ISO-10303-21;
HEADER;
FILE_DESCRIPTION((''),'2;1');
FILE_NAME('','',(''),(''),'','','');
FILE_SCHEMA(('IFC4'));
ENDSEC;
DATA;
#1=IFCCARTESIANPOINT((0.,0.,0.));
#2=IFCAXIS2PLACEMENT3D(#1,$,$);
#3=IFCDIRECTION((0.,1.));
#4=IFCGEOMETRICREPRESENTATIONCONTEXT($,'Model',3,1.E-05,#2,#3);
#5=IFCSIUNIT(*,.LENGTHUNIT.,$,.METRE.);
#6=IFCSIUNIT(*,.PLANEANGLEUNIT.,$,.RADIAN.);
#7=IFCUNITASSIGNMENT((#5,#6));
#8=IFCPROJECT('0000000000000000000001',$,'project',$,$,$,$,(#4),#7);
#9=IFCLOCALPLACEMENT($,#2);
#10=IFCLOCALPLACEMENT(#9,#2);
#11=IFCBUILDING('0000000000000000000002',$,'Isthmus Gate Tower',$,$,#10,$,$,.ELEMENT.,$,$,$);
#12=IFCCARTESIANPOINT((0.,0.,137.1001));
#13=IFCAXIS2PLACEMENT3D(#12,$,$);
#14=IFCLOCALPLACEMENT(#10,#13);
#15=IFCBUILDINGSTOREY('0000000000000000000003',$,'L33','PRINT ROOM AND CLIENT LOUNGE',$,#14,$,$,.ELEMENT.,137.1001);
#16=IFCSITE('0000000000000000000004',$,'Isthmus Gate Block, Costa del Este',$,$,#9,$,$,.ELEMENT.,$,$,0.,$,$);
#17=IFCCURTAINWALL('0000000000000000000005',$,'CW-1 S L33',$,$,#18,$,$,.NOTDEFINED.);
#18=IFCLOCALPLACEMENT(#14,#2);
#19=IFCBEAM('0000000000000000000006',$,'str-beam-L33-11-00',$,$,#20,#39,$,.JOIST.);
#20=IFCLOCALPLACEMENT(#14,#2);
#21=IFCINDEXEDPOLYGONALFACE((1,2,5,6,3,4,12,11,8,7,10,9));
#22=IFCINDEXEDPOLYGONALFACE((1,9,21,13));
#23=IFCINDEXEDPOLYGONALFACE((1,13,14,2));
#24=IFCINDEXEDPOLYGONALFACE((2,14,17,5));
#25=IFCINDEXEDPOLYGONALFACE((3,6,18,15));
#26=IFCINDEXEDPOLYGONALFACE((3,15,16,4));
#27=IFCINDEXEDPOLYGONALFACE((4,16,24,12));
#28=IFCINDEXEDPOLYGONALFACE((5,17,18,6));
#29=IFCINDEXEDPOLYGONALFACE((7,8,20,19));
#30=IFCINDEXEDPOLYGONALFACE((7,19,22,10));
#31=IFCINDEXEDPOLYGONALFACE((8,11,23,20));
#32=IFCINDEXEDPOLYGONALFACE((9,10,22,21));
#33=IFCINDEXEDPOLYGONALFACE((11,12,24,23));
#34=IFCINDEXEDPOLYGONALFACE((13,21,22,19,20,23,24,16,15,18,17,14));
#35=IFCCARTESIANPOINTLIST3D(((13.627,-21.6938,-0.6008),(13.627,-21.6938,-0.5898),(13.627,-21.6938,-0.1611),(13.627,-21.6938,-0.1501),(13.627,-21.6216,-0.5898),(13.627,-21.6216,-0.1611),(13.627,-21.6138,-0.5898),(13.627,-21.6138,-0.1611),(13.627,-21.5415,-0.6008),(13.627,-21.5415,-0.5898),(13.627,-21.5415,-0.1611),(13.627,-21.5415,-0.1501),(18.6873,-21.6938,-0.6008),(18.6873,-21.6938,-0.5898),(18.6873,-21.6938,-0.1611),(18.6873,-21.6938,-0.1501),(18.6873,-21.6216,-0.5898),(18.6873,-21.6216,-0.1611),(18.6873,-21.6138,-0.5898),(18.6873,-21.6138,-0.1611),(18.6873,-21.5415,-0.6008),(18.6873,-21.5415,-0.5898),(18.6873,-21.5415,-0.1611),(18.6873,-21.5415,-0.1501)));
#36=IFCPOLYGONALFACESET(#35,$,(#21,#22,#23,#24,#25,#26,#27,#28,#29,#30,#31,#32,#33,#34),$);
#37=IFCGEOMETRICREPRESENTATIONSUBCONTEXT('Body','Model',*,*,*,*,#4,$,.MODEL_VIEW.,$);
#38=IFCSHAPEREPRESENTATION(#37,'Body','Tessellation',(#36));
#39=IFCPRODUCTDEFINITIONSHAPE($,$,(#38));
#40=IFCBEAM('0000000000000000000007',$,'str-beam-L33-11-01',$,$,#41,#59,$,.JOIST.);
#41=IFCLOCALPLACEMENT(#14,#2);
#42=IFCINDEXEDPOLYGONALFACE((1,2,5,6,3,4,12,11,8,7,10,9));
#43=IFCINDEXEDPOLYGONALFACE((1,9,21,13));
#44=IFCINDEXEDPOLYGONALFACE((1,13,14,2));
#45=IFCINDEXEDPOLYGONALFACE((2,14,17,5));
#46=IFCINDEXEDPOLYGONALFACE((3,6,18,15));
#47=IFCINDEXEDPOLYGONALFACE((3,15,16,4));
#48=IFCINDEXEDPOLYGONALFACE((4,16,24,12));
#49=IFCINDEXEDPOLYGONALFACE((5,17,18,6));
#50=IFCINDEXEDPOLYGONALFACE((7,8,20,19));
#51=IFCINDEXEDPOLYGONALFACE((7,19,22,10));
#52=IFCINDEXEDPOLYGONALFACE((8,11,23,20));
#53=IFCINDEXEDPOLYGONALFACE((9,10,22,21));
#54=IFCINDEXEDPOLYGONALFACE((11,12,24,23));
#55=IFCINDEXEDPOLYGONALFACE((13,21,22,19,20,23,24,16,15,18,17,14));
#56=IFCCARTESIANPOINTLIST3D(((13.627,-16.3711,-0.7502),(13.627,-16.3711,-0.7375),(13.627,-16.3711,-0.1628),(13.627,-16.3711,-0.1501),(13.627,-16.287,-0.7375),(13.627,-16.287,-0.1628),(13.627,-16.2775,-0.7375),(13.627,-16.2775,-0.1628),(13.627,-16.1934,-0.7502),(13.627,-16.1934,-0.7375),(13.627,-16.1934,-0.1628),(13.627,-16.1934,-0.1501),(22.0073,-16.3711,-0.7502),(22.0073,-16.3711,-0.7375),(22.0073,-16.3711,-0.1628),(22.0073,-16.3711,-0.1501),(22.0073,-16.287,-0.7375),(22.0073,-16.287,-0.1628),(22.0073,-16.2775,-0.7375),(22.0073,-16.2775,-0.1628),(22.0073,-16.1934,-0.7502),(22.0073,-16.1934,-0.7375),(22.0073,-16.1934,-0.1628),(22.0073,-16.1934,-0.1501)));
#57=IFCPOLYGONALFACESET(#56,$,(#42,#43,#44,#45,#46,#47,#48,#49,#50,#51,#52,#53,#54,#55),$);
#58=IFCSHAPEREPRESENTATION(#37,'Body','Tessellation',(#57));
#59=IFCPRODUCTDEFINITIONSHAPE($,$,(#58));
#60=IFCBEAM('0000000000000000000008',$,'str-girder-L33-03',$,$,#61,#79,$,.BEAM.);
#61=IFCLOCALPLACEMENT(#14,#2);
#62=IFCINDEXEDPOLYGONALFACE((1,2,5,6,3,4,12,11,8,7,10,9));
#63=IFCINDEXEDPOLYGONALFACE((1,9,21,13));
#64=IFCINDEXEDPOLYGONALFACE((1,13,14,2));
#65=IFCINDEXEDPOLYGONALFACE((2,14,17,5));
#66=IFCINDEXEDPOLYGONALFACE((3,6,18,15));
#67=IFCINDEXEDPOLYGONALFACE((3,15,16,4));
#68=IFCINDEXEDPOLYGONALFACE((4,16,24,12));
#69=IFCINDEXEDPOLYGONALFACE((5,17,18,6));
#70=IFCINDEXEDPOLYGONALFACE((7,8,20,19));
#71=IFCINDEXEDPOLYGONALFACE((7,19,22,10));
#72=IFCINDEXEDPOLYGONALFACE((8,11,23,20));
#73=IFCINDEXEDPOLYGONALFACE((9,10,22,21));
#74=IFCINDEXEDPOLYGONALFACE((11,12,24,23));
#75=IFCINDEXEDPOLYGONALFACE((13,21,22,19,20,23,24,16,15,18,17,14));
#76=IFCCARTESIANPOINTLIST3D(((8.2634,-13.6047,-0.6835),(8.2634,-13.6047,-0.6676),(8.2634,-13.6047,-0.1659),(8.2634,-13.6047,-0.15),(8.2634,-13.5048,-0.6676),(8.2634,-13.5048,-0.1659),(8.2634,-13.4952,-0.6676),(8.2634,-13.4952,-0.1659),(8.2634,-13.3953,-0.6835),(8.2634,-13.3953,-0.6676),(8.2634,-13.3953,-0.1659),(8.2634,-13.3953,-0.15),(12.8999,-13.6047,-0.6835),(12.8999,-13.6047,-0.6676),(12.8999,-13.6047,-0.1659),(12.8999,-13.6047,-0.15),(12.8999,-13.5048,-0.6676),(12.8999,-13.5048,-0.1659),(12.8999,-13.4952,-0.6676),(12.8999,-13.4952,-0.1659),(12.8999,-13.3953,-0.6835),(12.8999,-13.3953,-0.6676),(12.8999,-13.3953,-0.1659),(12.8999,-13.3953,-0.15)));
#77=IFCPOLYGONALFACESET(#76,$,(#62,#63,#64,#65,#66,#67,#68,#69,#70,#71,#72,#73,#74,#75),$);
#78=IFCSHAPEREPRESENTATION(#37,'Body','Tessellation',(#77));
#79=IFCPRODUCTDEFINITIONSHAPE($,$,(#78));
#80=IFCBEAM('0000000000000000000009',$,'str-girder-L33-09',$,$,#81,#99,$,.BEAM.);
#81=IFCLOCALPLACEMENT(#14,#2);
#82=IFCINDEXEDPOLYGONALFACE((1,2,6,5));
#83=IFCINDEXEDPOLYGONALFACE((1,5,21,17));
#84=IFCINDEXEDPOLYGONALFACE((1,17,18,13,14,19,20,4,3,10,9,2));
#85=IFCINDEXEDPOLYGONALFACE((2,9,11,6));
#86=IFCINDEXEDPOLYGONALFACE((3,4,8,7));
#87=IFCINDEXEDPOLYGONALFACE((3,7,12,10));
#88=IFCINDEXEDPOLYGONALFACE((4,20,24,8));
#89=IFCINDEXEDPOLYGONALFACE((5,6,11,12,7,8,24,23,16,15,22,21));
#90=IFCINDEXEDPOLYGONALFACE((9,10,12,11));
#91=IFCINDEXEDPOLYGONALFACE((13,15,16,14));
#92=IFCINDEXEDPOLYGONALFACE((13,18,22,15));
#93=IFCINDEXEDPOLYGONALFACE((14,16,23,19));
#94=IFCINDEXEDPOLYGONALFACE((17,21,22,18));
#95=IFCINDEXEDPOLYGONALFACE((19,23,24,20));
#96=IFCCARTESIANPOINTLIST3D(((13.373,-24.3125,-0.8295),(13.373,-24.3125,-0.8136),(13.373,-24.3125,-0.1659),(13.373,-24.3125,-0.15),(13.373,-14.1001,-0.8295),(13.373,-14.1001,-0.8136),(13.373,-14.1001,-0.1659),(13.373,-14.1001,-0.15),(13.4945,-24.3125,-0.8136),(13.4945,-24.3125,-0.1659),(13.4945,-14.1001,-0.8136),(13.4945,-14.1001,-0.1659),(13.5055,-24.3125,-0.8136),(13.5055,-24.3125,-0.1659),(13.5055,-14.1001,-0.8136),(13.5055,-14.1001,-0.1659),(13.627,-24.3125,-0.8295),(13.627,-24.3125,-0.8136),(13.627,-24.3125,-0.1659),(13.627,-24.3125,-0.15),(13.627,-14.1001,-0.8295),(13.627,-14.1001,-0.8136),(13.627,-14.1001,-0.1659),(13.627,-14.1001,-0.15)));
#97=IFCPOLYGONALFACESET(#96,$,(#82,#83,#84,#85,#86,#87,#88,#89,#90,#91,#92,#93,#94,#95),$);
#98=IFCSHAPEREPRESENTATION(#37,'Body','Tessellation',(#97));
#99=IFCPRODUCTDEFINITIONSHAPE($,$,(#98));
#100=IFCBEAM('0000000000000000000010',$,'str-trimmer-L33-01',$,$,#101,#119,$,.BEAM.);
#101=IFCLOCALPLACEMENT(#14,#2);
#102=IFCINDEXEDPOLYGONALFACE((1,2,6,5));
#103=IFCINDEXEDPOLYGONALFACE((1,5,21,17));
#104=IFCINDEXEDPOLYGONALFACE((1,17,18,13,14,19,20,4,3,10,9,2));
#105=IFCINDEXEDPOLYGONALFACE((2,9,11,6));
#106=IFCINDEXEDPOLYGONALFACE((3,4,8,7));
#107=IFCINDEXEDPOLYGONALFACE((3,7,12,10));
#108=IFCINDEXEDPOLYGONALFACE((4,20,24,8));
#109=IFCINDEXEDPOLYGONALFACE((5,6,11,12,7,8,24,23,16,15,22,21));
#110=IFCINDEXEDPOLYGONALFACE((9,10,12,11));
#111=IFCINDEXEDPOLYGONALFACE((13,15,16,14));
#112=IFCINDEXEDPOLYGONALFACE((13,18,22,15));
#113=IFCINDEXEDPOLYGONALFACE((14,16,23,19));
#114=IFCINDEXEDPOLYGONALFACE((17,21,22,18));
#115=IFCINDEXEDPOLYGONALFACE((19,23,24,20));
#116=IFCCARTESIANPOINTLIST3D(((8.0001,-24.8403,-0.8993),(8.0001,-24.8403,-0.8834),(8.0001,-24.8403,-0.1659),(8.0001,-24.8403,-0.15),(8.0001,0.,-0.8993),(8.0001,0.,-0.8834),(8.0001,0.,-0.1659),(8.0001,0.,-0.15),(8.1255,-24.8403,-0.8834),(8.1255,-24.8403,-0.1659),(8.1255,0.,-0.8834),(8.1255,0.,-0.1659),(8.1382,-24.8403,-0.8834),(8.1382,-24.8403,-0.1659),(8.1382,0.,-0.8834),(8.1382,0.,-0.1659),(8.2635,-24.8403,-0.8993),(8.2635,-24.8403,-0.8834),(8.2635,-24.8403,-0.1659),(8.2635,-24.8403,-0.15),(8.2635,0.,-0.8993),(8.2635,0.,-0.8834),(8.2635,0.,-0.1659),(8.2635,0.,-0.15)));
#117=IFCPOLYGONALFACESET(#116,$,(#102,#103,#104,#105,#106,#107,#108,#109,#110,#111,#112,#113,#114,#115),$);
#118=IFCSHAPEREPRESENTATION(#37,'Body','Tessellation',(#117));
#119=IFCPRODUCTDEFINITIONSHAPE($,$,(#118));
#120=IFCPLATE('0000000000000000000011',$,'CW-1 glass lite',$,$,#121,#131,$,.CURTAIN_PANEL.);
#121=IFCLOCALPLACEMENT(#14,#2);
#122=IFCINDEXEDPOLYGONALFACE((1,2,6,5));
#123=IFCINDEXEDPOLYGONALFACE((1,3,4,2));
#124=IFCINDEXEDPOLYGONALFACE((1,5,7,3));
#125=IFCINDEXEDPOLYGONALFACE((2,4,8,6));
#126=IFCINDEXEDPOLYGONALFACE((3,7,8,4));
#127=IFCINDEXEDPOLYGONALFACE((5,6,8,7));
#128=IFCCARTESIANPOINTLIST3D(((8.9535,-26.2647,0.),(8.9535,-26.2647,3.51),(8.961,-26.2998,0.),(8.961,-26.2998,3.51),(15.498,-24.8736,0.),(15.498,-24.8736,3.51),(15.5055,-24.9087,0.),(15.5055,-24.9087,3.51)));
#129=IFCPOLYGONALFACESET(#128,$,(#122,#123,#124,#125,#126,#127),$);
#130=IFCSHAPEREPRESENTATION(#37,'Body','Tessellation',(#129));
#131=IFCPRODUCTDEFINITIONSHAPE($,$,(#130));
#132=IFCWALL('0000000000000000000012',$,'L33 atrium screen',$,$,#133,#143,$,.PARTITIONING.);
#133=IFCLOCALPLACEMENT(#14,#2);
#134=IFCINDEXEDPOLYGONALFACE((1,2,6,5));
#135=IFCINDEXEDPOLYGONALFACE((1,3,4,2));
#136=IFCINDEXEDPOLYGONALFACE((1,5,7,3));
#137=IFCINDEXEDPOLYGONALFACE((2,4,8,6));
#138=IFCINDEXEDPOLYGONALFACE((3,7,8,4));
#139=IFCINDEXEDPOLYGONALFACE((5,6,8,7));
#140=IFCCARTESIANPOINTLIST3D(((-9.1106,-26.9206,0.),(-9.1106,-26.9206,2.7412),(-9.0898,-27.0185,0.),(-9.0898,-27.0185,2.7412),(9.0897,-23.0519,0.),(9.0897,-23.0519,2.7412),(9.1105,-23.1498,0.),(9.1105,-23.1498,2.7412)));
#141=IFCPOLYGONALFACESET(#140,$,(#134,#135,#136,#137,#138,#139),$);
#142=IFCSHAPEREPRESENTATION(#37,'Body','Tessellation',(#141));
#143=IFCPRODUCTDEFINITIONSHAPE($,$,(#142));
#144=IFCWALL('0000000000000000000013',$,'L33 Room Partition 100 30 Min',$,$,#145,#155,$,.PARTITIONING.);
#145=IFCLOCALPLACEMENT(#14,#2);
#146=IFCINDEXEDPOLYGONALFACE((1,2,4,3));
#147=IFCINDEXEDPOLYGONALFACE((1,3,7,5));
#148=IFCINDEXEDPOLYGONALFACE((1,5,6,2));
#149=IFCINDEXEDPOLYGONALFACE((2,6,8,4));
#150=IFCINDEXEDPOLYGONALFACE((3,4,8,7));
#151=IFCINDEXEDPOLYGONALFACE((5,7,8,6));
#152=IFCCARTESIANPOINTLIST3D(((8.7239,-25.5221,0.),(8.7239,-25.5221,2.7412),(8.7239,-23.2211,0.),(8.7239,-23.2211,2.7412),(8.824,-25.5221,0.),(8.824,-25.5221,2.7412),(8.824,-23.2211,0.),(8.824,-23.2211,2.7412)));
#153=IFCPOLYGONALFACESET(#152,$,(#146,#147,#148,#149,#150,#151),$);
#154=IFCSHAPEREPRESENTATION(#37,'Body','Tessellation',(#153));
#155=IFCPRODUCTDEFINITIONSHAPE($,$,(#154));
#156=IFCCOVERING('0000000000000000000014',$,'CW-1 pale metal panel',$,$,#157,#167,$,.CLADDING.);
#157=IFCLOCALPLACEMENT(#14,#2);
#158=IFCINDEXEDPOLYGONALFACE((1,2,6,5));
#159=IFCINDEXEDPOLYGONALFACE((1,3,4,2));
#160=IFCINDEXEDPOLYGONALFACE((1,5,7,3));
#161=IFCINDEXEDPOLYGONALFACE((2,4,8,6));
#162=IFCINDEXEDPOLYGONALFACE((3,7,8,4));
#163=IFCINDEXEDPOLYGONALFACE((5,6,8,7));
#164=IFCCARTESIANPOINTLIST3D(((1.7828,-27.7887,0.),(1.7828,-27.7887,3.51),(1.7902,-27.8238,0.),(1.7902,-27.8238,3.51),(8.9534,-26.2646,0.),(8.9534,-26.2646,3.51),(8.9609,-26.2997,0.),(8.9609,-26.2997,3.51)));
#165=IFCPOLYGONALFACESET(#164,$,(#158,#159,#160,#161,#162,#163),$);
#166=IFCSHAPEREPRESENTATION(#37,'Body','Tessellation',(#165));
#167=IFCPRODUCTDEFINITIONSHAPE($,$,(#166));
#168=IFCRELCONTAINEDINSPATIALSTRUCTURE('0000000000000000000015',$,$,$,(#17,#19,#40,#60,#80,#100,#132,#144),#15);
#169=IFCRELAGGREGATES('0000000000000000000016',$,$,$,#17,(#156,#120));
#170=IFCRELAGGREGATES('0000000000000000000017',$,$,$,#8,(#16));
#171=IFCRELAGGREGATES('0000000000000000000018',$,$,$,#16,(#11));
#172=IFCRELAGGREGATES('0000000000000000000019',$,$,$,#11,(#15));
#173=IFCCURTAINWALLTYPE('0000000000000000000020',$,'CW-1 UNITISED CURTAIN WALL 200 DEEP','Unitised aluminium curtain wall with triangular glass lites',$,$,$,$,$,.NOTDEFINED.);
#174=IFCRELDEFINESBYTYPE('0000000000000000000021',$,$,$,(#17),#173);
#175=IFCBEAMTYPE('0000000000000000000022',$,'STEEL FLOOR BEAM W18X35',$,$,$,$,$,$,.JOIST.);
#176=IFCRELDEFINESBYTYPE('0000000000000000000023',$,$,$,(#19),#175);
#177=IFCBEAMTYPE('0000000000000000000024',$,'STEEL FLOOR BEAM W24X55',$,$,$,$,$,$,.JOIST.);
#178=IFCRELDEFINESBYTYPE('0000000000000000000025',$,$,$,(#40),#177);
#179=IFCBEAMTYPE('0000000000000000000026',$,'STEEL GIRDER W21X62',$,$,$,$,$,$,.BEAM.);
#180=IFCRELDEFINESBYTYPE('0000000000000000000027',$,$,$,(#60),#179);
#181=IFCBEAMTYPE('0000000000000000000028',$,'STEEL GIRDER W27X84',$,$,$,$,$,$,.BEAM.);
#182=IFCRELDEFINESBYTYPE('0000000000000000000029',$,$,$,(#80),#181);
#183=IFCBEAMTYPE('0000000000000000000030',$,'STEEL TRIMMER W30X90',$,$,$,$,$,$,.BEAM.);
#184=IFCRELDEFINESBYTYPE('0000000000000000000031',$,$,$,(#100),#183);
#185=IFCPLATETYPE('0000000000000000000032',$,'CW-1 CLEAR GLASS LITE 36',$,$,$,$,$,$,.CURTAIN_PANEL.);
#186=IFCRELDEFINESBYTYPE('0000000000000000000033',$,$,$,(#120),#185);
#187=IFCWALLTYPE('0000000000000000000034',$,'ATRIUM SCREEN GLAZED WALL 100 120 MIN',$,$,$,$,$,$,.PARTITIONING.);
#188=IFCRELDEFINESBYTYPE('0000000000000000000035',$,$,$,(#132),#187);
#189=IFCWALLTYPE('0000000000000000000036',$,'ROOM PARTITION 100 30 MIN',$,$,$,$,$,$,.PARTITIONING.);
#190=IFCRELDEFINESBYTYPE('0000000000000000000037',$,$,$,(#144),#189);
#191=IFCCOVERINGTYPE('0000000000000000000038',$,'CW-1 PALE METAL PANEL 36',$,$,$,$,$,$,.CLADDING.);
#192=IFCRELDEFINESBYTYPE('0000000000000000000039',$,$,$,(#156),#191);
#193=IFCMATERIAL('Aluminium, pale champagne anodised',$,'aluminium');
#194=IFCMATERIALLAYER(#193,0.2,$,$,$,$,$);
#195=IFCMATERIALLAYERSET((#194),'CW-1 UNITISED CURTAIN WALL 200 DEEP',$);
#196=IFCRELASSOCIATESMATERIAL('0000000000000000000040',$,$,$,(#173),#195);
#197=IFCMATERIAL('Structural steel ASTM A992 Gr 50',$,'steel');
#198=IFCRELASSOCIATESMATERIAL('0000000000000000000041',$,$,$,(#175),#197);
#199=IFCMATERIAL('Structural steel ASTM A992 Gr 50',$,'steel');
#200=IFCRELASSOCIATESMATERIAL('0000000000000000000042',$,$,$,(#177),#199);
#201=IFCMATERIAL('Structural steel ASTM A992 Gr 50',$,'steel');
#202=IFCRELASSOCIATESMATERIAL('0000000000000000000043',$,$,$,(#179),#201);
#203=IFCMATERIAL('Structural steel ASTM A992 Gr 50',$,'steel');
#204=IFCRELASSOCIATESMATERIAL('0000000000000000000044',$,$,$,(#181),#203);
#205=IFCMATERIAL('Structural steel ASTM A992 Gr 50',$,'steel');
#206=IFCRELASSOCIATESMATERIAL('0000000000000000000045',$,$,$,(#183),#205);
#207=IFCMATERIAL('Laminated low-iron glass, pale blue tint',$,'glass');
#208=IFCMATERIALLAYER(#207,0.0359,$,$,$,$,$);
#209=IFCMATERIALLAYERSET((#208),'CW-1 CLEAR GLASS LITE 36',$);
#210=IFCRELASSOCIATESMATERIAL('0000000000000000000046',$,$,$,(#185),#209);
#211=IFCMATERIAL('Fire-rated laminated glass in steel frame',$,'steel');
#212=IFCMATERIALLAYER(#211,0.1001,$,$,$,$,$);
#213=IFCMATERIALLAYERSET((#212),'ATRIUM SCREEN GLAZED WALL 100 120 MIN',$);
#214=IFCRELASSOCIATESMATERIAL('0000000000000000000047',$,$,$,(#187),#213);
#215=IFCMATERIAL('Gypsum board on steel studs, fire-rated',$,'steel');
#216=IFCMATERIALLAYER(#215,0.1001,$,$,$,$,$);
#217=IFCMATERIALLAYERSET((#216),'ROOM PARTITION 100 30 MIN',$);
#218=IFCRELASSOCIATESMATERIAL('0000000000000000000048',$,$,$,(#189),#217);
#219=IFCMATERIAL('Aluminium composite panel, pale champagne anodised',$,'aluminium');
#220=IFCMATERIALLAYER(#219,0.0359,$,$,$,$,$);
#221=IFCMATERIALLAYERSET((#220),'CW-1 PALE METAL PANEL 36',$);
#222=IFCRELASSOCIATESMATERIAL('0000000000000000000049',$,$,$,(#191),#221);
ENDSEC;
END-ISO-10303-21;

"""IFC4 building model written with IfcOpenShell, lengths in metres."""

from ifc_helpers import new_model, si_unit, direction, frame, frame_2d, origin, origin_2d, place, context, subcontext, project, spatial, rectangle, i_section, extrude, material, layer, layer_set, material_profile, profile_set, type_object, element, aggregate, save


model = new_model("IFC4")

# Units and contexts
model_context = context("Model", 3, precision=1e-05, world=origin(), true_north=direction((0.0, 1.0)))
body_context = subcontext(model_context, "Body", "Model", "MODEL_VIEW")
ifc_project = project(units=[si_unit("LENGTHUNIT", "METRE"), si_unit("PLANEANGLEUNIT", "RADIAN")], contexts=[model_context])

# Site, building, storey
site_placement = place(None, origin())
site = spatial("IfcSite", under=ifc_project, at=site_placement, Name="Isthmus Gate Block, Costa del Este", CompositionType="ELEMENT", RefElevation=0.0)
building_placement = place(site_placement, origin())
building = spatial("IfcBuilding", under=site, at=building_placement, Name="Isthmus Gate Tower", CompositionType="ELEMENT")
storey_placement = place(building_placement, frame((0.0, 0.0, 137.1001)))
storey = spatial("IfcBuildingStorey", under=building, at=storey_placement, Name="L33", Description="PRINT ROOM AND CLIENT LOUNGE", CompositionType="ELEMENT", Elevation=137.1001)

# Curtain wall
ifc_material_1 = material(Name="Aluminium, pale champagne anodised", Category="aluminium")
ifc_layer_1 = layer(ifc_material_1, 0.2)
ifc_layer_set_1 = layer_set([ifc_layer_1], Name="CW-1 UNITISED CURTAIN WALL 200 DEEP")
curtain_wall_type = type_object("IfcCurtainWallType", Name="CW-1 UNITISED CURTAIN WALL 200 DEEP", Description="Unitised aluminium curtain wall with triangular glass lites", PredefinedType="NOTDEFINED", material=ifc_layer_set_1)
curtain_wall_placement = place(storey_placement, origin())
curtain_wall = element("IfcCurtainWall", 1, at=curtain_wall_placement, inside=storey, type_object=curtain_wall_type, Name="CW-1 S L33", PredefinedType="NOTDEFINED")

# Beams
ifc_material_2 = material(Name="Structural steel ASTM A992 Gr 50", Category="steel")
ifc_material_profile_1 = material_profile(ifc_material_2, i_section(OverallWidth=0.1523, OverallDepth=0.4507, WebThickness=0.0078, FlangeThickness=0.011, at=origin_2d()), Name="W18X35")
ifc_profile_set_1 = profile_set([ifc_material_profile_1], Name="Structural steel ASTM A992 Gr 50")
beam_type_1 = type_object("IfcBeamType", Name="STEEL FLOOR BEAM W18X35", PredefinedType="JOIST", material=ifc_profile_set_1)
beam_1_placement = place(storey_placement, frame((13.627, -21.6177, -0.3755), z_axis=(1.0, 0.0, 0.0), x_axis=(0.0, 1.0, 0.0)))
element("IfcBeam", 2, at=beam_1_placement, inside=storey, type_object=beam_type_1, Name="str-beam-L33-11-00", PredefinedType="JOIST", context=body_context, shape_type="SweptSolid", body=[
    extrude(i_section(OverallWidth=0.1523, OverallDepth=0.4507, WebThickness=0.0078, FlangeThickness=0.011, at=origin_2d()), origin(), (0.0, 0.0, 1.0), 5.0603),
])
ifc_material_3 = material(Name="Structural steel ASTM A992 Gr 50", Category="steel")
ifc_material_profile_2 = material_profile(ifc_material_3, i_section(OverallWidth=0.1777, OverallDepth=0.6001, WebThickness=0.0095, FlangeThickness=0.0127, at=origin_2d()), Name="W24X55")
ifc_profile_set_2 = profile_set([ifc_material_profile_2], Name="Structural steel ASTM A992 Gr 50")
beam_type_2 = type_object("IfcBeamType", Name="STEEL FLOOR BEAM W24X55", PredefinedType="JOIST", material=ifc_profile_set_2)
beam_2_placement = place(storey_placement, frame((13.627, -16.2822, -0.4502), z_axis=(1.0, 0.0, 0.0), x_axis=(0.0, 1.0, 0.0)))
element("IfcBeam", 3, at=beam_2_placement, inside=storey, type_object=beam_type_2, Name="str-beam-L33-11-01", PredefinedType="JOIST", context=body_context, shape_type="SweptSolid", body=[
    extrude(i_section(OverallWidth=0.1777, OverallDepth=0.6001, WebThickness=0.0095, FlangeThickness=0.0127, at=origin_2d()), origin(), (0.0, 0.0, 1.0), 8.3804),
])
ifc_material_4 = material(Name="Structural steel ASTM A992 Gr 50", Category="steel")
ifc_material_profile_3 = material_profile(ifc_material_4, i_section(OverallWidth=0.2095, OverallDepth=0.5334, WebThickness=0.0095, FlangeThickness=0.0159, at=origin_2d()), Name="W21X62")
ifc_profile_set_3 = profile_set([ifc_material_profile_3], Name="Structural steel ASTM A992 Gr 50")
beam_type_3 = type_object("IfcBeamType", Name="STEEL GIRDER W21X62", PredefinedType="BEAM", material=ifc_profile_set_3)
beam_3_placement = place(storey_placement, frame((8.2634, -13.5, -0.4167), z_axis=(1.0, 0.0, 0.0), x_axis=(0.0, 1.0, 0.0)))
element("IfcBeam", 4, at=beam_3_placement, inside=storey, type_object=beam_type_3, Name="str-girder-L33-03", PredefinedType="BEAM", context=body_context, shape_type="SweptSolid", body=[
    extrude(i_section(OverallWidth=0.2095, OverallDepth=0.5334, WebThickness=0.0095, FlangeThickness=0.0159, at=origin_2d()), origin(), (0.0, 0.0, 1.0), 4.6365),
])
ifc_material_5 = material(Name="Structural steel ASTM A992 Gr 50", Category="steel")
ifc_material_profile_4 = material_profile(ifc_material_5, i_section(OverallWidth=0.2539, OverallDepth=0.6794, WebThickness=0.011, FlangeThickness=0.0159, at=origin_2d()), Name="W27X84")
ifc_profile_set_4 = profile_set([ifc_material_profile_4], Name="Structural steel ASTM A992 Gr 50")
beam_type_4 = type_object("IfcBeamType", Name="STEEL GIRDER W27X84", PredefinedType="BEAM", material=ifc_profile_set_4)
beam_4_placement = place(storey_placement, frame((13.5, -24.3125, -0.4897), z_axis=(0.0, 1.0, 0.0), x_axis=(-1.0, 0.0, 0.0)))
element("IfcBeam", 5, at=beam_4_placement, inside=storey, type_object=beam_type_4, Name="str-girder-L33-09", PredefinedType="BEAM", context=body_context, shape_type="SweptSolid", body=[
    extrude(i_section(OverallWidth=0.2539, OverallDepth=0.6794, WebThickness=0.011, FlangeThickness=0.0159, at=origin_2d()), origin(), (0.0, 0.0, 1.0), 10.2124),
])
ifc_material_6 = material(Name="Structural steel ASTM A992 Gr 50", Category="steel")
ifc_material_profile_5 = material_profile(ifc_material_6, i_section(OverallWidth=0.2634, OverallDepth=0.7493, WebThickness=0.0127, FlangeThickness=0.0159, at=origin_2d()), Name="W30X90")
ifc_profile_set_5 = profile_set([ifc_material_profile_5], Name="Structural steel ASTM A992 Gr 50")
beam_type_5 = type_object("IfcBeamType", Name="STEEL TRIMMER W30X90", PredefinedType="BEAM", material=ifc_profile_set_5)
beam_5_placement = place(storey_placement, frame((8.1318, -24.8403, -0.5247), z_axis=(0.0, 1.0, 0.0), x_axis=(-1.0, 0.0, 0.0)))
element("IfcBeam", 6, at=beam_5_placement, inside=storey, type_object=beam_type_5, Name="str-trimmer-L33-01", PredefinedType="BEAM", context=body_context, shape_type="SweptSolid", body=[
    extrude(i_section(OverallWidth=0.2634, OverallDepth=0.7493, WebThickness=0.0127, FlangeThickness=0.0159, at=origin_2d()), origin(), (0.0, 0.0, 1.0), 24.8403),
])

# Plate
ifc_material_7 = material(Name="Laminated low-iron glass, pale blue tint", Category="glass")
ifc_layer_2 = layer(ifc_material_7, 0.0359)
ifc_layer_set_2 = layer_set([ifc_layer_2], Name="CW-1 CLEAR GLASS LITE 36")
plate_type = type_object("IfcPlateType", Name="CW-1 CLEAR GLASS LITE 36", PredefinedType="CURTAIN_PANEL", material=ifc_layer_set_2)
plate_placement = place(storey_placement, frame((12.2295, -25.5867, 0.0), z_axis=(0.0, 0.0, 1.0), x_axis=(0.978148, 0.207912, 0.0)))
plate = element("IfcPlate", 7, at=plate_placement, type_object=plate_type, Name="CW-1 glass lite", PredefinedType="CURTAIN_PANEL", context=body_context, shape_type="SweptSolid", body=[
    extrude(rectangle(XDim=6.6907, YDim=0.0359, at=origin_2d()), origin(), (0.0, 0.0, 1.0), 3.51),
])

# Walls
ifc_material_8 = material(Name="Fire-rated laminated glass in steel frame", Category="steel")
ifc_layer_3 = layer(ifc_material_8, 0.1001)
ifc_layer_set_3 = layer_set([ifc_layer_3], Name="ATRIUM SCREEN GLAZED WALL 100 120 MIN")
wall_type_1 = type_object("IfcWallType", Name="ATRIUM SCREEN GLAZED WALL 100 120 MIN", PredefinedType="PARTITIONING", material=ifc_layer_set_3)
wall_1_placement = place(storey_placement, frame((9.1001, -23.1008, 0.0), z_axis=(0.0, 0.0, 1.0), x_axis=(-0.978147, -0.207916, 0.0)))
element("IfcWall", 8, at=wall_1_placement, inside=storey, type_object=wall_type_1, Name="L33 atrium screen", PredefinedType="PARTITIONING", context=body_context, shape_type="SweptSolid", body=[
    extrude(rectangle(XDim=18.6069, YDim=0.1001, at=frame_2d((9.3035, 0.0))), origin(), (0.0, 0.0, 1.0), 2.7412),
])
ifc_material_9 = material(Name="Gypsum board on steel studs, fire-rated", Category="steel")
ifc_layer_4 = layer(ifc_material_9, 0.1001)
ifc_layer_set_4 = layer_set([ifc_layer_4], Name="ROOM PARTITION 100 30 MIN")
wall_type_2 = type_object("IfcWallType", Name="ROOM PARTITION 100 30 MIN", PredefinedType="PARTITIONING", material=ifc_layer_set_4)
wall_2_placement = place(storey_placement, frame((8.7739, -25.522, 0.0), z_axis=(0.0, 0.0, 1.0), x_axis=(0.0, 1.0, 0.0)))
element("IfcWall", 9, at=wall_2_placement, inside=storey, type_object=wall_type_2, Name="L33 Room Partition 100 30 Min", PredefinedType="PARTITIONING", context=body_context, shape_type="SweptSolid", body=[
    extrude(rectangle(XDim=2.301, YDim=0.1001, at=frame_2d((1.1504, 0.0))), origin(), (0.0, 0.0, 1.0), 2.7412),
])

# Covering
ifc_material_10 = material(Name="Aluminium composite panel, pale champagne anodised", Category="aluminium")
ifc_layer_5 = layer(ifc_material_10, 0.0359)
ifc_layer_set_5 = layer_set([ifc_layer_5], Name="CW-1 PALE METAL PANEL 36")
covering_type = type_object("IfcCoveringType", Name="CW-1 PALE METAL PANEL 36", PredefinedType="CLADDING", material=ifc_layer_set_5)
covering_placement = place(storey_placement, frame((5.3718, -27.0442, 0.0), z_axis=(0.0, 0.0, 1.0), x_axis=(0.978148, 0.207912, 0.0)))
covering = element("IfcCovering", 10, at=covering_placement, type_object=covering_type, Name="CW-1 pale metal panel", PredefinedType="CLADDING", context=body_context, shape_type="SweptSolid", body=[
    extrude(rectangle(XDim=7.3308, YDim=0.0359, at=origin_2d()), origin(), (0.0, 0.0, 1.0), 3.51),
])
aggregate(curtain_wall, [covering, plate])

save(model, "model.ifc")
